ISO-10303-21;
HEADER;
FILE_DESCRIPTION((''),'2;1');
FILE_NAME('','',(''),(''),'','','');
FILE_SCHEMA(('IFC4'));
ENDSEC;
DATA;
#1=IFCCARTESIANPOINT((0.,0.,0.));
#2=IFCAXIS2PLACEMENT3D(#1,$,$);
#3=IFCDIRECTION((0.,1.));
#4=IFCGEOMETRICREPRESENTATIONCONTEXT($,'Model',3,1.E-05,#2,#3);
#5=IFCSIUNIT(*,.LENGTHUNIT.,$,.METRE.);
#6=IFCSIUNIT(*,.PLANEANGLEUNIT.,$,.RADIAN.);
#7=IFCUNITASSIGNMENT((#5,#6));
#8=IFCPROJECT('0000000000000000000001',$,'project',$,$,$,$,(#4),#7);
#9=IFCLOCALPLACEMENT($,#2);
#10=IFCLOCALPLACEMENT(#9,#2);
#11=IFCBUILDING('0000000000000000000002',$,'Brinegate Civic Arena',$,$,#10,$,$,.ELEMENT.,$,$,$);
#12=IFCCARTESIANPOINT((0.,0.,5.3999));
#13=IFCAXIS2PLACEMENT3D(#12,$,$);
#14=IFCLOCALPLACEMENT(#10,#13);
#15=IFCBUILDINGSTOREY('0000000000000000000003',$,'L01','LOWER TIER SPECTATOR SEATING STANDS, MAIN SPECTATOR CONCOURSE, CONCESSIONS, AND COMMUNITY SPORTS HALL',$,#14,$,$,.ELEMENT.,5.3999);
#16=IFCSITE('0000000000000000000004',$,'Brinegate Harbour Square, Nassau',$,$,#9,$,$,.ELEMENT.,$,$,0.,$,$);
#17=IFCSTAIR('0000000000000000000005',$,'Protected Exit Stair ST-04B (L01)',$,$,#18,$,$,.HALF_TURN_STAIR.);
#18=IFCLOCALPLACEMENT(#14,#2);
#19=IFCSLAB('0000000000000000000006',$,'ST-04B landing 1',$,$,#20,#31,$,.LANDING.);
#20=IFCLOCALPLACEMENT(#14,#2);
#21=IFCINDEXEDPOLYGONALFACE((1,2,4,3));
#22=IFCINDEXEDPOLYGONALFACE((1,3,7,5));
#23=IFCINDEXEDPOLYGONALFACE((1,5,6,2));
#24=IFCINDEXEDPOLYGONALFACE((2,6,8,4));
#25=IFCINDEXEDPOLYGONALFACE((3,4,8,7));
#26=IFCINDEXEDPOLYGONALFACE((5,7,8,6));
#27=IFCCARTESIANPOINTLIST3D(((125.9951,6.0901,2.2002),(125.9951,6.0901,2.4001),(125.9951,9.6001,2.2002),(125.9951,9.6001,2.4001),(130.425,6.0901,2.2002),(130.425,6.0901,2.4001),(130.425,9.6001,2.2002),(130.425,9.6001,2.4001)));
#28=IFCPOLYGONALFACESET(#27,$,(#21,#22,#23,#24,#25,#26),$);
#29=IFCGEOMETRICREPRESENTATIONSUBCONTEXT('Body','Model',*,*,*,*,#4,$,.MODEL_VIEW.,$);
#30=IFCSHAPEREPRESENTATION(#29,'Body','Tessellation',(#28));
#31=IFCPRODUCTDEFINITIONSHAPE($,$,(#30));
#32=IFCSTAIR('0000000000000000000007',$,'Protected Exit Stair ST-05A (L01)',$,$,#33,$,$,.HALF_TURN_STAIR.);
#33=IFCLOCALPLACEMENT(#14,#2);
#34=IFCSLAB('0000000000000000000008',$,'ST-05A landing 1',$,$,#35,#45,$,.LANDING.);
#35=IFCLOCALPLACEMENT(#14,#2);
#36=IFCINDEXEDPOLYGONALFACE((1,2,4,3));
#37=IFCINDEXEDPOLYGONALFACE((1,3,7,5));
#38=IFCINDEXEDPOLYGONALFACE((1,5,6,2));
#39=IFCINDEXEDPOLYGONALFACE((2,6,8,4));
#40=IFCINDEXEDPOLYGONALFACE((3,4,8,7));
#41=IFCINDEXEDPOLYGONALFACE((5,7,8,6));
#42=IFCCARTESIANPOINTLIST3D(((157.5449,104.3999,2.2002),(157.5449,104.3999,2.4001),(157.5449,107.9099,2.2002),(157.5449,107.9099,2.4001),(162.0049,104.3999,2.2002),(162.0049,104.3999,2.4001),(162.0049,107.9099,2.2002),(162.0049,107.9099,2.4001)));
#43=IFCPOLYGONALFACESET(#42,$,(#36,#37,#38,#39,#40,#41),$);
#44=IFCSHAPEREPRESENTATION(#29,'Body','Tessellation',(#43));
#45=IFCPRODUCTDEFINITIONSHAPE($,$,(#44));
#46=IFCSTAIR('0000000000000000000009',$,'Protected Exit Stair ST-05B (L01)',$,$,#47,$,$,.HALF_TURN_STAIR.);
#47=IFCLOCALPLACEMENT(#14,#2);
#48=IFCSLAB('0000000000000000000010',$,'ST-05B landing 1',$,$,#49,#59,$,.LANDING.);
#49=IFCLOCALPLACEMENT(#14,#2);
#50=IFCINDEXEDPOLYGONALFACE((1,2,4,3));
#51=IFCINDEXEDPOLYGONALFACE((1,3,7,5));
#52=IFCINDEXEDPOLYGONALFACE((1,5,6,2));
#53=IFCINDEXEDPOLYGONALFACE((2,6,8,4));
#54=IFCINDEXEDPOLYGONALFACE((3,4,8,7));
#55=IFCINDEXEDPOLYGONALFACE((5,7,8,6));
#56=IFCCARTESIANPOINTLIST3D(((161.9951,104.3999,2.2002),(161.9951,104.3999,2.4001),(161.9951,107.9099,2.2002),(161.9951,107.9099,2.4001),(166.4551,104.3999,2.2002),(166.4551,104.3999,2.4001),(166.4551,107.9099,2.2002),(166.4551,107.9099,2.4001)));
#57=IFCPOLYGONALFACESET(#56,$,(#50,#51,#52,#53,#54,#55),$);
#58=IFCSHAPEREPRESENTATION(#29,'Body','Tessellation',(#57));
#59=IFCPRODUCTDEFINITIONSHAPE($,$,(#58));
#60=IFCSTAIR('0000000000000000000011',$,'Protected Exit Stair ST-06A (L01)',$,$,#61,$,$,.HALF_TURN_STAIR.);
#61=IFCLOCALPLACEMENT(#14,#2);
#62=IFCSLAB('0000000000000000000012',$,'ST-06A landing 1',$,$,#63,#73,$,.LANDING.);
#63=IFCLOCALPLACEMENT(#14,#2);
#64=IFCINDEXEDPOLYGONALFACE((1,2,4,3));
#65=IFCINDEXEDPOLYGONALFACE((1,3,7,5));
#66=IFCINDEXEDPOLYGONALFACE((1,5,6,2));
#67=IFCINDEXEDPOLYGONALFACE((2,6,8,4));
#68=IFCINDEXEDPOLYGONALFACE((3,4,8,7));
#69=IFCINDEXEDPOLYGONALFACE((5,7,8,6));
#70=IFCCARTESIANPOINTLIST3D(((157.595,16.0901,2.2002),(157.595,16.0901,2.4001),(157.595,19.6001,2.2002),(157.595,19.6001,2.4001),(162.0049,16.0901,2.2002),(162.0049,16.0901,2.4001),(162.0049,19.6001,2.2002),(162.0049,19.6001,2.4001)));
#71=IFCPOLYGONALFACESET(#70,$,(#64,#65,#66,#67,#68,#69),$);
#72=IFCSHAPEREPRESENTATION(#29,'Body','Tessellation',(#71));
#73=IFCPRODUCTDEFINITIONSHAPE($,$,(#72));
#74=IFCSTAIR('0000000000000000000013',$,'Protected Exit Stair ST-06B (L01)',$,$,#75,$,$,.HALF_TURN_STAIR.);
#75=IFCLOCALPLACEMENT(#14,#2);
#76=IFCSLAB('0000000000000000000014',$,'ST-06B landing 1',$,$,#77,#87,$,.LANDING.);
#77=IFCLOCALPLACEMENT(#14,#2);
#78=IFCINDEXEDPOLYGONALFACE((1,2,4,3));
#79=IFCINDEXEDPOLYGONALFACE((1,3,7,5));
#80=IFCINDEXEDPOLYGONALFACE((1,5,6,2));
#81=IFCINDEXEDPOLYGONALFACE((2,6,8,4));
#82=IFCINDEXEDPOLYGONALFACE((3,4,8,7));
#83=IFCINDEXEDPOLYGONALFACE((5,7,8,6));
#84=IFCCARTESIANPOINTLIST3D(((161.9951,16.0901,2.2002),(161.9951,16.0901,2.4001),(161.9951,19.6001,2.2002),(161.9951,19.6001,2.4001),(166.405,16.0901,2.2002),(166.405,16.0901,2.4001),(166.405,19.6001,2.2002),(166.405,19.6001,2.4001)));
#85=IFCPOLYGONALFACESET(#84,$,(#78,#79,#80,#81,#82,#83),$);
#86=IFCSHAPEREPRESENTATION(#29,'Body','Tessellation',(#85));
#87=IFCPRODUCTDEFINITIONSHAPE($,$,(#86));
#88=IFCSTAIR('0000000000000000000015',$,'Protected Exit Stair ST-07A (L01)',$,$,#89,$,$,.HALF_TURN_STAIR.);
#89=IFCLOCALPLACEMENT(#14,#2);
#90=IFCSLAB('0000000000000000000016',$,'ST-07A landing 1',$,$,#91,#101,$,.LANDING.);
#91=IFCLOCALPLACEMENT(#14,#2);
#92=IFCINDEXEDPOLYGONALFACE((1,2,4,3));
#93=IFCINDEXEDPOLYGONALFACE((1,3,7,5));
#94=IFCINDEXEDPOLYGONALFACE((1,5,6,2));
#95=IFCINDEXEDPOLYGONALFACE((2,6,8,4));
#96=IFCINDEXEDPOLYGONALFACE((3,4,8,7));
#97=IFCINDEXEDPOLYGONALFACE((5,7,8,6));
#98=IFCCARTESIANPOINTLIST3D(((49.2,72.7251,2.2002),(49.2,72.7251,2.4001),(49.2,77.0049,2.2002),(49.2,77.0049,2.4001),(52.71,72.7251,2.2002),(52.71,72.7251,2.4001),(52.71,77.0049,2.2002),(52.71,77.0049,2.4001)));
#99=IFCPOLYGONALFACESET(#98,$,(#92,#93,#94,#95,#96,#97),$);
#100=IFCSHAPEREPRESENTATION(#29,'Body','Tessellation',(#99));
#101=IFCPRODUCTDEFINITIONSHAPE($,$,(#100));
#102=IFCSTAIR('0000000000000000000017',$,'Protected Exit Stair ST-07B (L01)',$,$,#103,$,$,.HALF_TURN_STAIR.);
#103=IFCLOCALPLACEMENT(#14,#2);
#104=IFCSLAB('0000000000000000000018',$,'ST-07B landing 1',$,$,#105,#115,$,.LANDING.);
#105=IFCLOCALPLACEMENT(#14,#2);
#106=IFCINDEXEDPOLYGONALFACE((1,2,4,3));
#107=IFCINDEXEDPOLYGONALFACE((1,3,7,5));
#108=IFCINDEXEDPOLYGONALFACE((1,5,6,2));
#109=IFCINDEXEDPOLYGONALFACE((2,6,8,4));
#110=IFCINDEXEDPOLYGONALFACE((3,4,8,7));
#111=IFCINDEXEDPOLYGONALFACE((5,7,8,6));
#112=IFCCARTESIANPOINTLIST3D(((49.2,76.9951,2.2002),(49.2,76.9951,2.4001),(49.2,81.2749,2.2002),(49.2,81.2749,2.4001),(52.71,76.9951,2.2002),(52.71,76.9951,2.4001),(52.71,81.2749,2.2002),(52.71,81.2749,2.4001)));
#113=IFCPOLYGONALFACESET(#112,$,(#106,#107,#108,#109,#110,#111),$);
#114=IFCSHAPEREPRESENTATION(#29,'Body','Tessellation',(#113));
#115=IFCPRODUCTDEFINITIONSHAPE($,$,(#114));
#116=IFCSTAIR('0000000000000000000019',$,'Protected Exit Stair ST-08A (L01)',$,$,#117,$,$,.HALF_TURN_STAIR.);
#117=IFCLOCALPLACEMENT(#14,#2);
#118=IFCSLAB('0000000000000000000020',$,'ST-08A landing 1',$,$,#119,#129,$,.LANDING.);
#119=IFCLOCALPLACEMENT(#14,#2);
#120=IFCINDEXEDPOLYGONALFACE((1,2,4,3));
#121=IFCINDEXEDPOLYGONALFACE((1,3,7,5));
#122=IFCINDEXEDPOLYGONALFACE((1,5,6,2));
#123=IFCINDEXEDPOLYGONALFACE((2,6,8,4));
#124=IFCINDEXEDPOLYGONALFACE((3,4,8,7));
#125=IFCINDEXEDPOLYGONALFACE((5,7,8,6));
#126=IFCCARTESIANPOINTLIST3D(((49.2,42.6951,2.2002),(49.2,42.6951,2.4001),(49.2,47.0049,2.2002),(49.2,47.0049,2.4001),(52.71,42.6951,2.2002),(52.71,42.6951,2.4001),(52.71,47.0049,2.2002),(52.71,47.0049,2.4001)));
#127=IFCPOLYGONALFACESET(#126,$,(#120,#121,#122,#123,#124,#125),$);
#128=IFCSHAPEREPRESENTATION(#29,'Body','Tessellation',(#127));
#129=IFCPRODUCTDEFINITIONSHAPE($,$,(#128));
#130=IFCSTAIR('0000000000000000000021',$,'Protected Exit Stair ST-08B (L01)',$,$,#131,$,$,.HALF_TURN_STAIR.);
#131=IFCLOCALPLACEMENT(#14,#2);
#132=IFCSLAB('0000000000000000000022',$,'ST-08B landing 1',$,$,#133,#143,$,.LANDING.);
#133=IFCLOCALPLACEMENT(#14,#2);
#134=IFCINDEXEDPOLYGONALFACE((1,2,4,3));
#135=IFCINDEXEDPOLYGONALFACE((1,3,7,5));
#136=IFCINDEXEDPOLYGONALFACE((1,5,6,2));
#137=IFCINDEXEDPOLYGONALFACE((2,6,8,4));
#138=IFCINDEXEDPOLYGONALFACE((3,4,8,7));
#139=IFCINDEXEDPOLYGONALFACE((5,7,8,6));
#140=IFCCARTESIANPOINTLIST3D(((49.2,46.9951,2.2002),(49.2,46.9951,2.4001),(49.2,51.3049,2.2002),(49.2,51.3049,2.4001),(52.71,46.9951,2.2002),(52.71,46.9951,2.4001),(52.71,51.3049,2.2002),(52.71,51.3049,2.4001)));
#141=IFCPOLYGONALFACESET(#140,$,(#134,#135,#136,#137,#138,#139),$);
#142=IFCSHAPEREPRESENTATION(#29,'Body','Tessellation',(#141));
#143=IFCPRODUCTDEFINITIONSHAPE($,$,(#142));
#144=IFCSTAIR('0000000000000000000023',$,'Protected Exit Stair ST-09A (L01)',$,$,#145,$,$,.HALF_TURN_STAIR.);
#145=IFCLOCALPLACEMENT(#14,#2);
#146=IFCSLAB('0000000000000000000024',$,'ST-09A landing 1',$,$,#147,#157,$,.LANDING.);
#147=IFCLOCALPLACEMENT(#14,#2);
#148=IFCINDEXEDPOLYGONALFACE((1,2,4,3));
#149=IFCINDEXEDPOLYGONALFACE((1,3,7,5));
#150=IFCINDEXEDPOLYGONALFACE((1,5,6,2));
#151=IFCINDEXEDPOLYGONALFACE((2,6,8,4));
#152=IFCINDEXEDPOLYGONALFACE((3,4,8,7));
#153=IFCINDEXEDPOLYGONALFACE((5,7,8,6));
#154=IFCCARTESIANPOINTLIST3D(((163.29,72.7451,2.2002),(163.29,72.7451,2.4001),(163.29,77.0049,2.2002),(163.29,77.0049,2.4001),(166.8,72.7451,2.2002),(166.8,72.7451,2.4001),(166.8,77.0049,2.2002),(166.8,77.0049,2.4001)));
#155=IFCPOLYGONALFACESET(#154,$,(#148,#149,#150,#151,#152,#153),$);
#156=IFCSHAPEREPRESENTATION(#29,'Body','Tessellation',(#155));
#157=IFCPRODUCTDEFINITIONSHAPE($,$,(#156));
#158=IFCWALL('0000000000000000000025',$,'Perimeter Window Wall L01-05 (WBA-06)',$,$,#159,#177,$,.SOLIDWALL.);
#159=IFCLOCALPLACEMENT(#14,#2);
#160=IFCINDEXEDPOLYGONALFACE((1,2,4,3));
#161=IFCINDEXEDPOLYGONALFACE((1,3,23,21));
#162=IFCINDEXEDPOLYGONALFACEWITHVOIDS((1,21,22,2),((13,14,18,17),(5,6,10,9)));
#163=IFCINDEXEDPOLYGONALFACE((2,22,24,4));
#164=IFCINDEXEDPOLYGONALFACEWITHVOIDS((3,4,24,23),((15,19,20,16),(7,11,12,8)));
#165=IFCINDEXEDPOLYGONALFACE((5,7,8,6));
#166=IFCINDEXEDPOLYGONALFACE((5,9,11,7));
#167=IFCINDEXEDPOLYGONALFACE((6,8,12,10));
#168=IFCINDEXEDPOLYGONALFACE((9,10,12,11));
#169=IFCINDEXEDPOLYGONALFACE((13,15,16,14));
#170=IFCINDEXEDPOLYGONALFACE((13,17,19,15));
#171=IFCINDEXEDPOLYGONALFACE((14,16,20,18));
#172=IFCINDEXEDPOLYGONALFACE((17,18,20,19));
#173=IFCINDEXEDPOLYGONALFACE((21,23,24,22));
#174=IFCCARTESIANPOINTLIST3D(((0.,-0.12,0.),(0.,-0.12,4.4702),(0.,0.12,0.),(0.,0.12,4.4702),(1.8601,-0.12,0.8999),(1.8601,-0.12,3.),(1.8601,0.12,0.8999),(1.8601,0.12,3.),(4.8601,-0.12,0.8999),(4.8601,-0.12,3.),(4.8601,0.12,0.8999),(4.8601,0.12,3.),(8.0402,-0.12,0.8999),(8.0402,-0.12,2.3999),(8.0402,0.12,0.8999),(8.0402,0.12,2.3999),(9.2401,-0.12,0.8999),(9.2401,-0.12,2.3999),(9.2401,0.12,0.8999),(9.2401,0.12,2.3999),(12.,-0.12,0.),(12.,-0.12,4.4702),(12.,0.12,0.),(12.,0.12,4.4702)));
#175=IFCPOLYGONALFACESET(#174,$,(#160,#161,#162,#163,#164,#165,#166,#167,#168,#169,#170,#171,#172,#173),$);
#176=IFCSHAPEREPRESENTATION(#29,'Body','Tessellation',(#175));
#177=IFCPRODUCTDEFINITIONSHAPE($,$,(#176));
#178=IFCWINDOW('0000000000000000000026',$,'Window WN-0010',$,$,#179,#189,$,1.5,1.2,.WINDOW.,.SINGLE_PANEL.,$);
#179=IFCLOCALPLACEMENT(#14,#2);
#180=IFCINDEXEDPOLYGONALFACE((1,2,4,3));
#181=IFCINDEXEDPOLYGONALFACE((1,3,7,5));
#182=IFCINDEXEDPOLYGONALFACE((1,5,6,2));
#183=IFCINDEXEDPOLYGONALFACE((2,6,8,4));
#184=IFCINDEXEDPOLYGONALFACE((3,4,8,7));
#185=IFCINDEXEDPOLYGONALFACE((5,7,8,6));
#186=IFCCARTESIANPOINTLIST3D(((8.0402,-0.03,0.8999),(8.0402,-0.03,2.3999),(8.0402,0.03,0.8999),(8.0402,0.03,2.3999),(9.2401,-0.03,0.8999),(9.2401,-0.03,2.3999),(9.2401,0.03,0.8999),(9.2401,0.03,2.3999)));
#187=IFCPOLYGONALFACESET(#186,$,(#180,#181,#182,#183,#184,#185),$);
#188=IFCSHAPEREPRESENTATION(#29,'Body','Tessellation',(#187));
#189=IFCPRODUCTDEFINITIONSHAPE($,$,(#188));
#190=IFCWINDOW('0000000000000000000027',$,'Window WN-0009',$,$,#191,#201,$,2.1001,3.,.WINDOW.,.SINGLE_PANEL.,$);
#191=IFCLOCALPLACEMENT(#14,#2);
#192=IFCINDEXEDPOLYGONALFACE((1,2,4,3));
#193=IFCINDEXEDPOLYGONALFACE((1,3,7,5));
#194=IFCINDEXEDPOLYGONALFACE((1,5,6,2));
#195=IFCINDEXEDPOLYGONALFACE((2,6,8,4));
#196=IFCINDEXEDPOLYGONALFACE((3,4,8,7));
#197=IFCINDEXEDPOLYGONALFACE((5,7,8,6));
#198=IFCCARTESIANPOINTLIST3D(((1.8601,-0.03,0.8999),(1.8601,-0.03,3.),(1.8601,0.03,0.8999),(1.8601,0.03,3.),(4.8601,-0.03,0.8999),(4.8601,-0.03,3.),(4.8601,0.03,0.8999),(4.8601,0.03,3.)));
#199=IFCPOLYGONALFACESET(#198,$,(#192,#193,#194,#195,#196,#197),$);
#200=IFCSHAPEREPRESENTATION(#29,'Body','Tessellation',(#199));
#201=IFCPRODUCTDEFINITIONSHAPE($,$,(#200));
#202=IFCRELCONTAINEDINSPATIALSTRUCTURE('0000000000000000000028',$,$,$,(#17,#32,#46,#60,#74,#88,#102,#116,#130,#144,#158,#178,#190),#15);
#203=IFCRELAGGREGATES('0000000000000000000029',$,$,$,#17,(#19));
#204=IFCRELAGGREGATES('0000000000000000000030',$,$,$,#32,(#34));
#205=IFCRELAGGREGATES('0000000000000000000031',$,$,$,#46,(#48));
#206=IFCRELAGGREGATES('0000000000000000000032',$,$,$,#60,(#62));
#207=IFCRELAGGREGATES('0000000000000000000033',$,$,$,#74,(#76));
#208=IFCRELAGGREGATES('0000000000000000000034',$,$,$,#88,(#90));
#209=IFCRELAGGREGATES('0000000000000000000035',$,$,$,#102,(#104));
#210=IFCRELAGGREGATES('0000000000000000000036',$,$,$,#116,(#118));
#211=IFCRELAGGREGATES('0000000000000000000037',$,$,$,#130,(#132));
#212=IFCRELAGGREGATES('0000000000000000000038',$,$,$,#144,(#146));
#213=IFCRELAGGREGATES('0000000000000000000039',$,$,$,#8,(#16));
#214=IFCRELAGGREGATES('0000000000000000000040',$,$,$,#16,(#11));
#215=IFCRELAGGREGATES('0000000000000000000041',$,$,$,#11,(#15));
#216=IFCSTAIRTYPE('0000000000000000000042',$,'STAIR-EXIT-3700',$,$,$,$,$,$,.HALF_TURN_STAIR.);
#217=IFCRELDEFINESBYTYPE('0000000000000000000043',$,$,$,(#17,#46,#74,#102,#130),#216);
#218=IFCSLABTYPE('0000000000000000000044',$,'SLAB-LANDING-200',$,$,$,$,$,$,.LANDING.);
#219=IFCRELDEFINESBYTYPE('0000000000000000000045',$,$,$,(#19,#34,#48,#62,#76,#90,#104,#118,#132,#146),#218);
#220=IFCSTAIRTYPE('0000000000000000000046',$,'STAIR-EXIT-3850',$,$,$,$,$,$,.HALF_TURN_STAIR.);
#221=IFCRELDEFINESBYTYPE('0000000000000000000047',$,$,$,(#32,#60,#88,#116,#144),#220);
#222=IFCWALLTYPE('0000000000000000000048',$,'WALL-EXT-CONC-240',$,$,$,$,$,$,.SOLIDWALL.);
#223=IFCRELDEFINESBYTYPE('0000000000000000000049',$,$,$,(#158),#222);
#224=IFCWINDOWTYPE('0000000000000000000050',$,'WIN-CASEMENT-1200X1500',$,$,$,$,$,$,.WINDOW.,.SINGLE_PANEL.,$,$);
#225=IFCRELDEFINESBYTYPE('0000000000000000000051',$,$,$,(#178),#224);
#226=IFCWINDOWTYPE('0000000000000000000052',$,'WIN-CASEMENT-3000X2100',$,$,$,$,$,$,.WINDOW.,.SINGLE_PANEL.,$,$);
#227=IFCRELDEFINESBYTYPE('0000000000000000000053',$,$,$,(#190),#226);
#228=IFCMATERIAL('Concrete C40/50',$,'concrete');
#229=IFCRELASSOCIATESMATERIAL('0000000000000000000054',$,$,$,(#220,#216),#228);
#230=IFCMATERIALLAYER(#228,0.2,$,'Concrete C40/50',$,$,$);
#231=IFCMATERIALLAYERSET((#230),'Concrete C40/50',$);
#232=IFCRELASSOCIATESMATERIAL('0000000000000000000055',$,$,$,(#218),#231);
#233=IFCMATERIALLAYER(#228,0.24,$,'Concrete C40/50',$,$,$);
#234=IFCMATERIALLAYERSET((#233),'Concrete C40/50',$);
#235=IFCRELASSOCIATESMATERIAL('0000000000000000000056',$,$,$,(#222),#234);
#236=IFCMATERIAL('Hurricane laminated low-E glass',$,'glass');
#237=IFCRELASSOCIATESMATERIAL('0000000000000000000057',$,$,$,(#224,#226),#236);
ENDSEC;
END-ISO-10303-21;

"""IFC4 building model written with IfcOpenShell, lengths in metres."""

from ifc_helpers import new_model, si_unit, direction, frame, frame_2d, origin, origin_with_axes, place, context, subcontext, project, spatial, polyline, rectangle, outline, extrude, material, layer, layer_set, type_object, element, fill, aggregate, save


model = new_model("IFC4")

# Units and contexts
model_context = context("Model", 3, precision=1e-05, world=origin(), true_north=direction((0.0, 1.0)))
body_context = subcontext(model_context, "Body", "Model", "MODEL_VIEW")
ifc_project = project(units=[si_unit("LENGTHUNIT", "METRE"), si_unit("PLANEANGLEUNIT", "RADIAN")], contexts=[model_context])

# Site, building, storey
site_placement = place(None, origin())
site = spatial("IfcSite", under=ifc_project, at=site_placement, Name="Brinegate Harbour Square, Nassau", CompositionType="ELEMENT", RefElevation=0.0)
building_placement = place(site_placement, origin())
building = spatial("IfcBuilding", under=site, at=building_placement, Name="Brinegate Civic Arena", CompositionType="ELEMENT")
storey_placement = place(building_placement, frame((0.0, 0.0, 5.3999)))
storey = spatial("IfcBuildingStorey", under=building, at=storey_placement, Name="L01", Description="LOWER TIER SPECTATOR SEATING STANDS, MAIN SPECTATOR CONCOURSE, CONCESSIONS, AND COMMUNITY SPORTS HALL", CompositionType="ELEMENT", Elevation=5.3999)

# Shared definitions
ifc_material_1 = material(Name="Concrete C40/50", Category="concrete")

# Stairs, slabs
stair_type_1 = type_object("IfcStairType", Name="STAIR-EXIT-3850", PredefinedType="HALF_TURN_STAIR", material=ifc_material_1)
ifc_layer_1 = layer(ifc_material_1, 0.2, Name="Concrete C40/50")
ifc_layer_set_1 = layer_set([ifc_layer_1], Name="Concrete C40/50")
slab_type_1 = type_object("IfcSlabType", Name="SLAB-LANDING-200", PredefinedType="LANDING", material=ifc_layer_set_1)
stair_type_2 = type_object("IfcStairType", Name="STAIR-EXIT-3700", PredefinedType="HALF_TURN_STAIR", material=ifc_material_1)
stair_1_placement = place(storey_placement, origin())
stair_1 = element("IfcStair", 1, at=stair_1_placement, inside=storey, type_object=stair_type_2, Name="Protected Exit Stair ST-04B (L01)", PredefinedType="HALF_TURN_STAIR")
slab_1_placement = place(storey_placement, frame((0.0, 0.0, 2.2002)))
slab_1 = element("IfcSlab", 2, at=slab_1_placement, type_object=slab_type_1, Name="ST-04B landing 1", PredefinedType="LANDING", context=body_context, shape_type="SweptSolid", body=[
    extrude(outline(polyline([(125.9951, 6.0901), (130.425, 6.0901), (130.425, 9.6001), (125.9951, 9.6001), (125.9951, 6.0901)])), origin(), (0.0, 0.0, 1.0), 0.2),
])
aggregate(stair_1, [slab_1])
stair_2_placement = place(storey_placement, origin())
stair_2 = element("IfcStair", 3, at=stair_2_placement, inside=storey, type_object=stair_type_1, Name="Protected Exit Stair ST-05A (L01)", PredefinedType="HALF_TURN_STAIR")
slab_2_placement = place(storey_placement, frame((0.0, 0.0, 2.2002)))
slab_2 = element("IfcSlab", 4, at=slab_2_placement, type_object=slab_type_1, Name="ST-05A landing 1", PredefinedType="LANDING", context=body_context, shape_type="SweptSolid", body=[
    extrude(outline(polyline([(157.5449, 104.3999), (162.0049, 104.3999), (162.0049, 107.9099), (157.5449, 107.9099), (157.5449, 104.3999)])), origin(), (0.0, 0.0, 1.0), 0.2),
])
aggregate(stair_2, [slab_2])
stair_3_placement = place(storey_placement, origin())
stair_3 = element("IfcStair", 5, at=stair_3_placement, inside=storey, type_object=stair_type_2, Name="Protected Exit Stair ST-05B (L01)", PredefinedType="HALF_TURN_STAIR")
slab_3_placement = place(storey_placement, frame((0.0, 0.0, 2.2002)))
slab_3 = element("IfcSlab", 6, at=slab_3_placement, type_object=slab_type_1, Name="ST-05B landing 1", PredefinedType="LANDING", context=body_context, shape_type="SweptSolid", body=[
    extrude(outline(polyline([(161.9951, 104.3999), (166.4551, 104.3999), (166.4551, 107.9099), (161.9951, 107.9099), (161.9951, 104.3999)])), origin(), (0.0, 0.0, 1.0), 0.2),
])
aggregate(stair_3, [slab_3])
stair_4_placement = place(storey_placement, origin())
stair_4 = element("IfcStair", 7, at=stair_4_placement, inside=storey, type_object=stair_type_1, Name="Protected Exit Stair ST-06A (L01)", PredefinedType="HALF_TURN_STAIR")
slab_4_placement = place(storey_placement, frame((0.0, 0.0, 2.2002)))
slab_4 = element("IfcSlab", 8, at=slab_4_placement, type_object=slab_type_1, Name="ST-06A landing 1", PredefinedType="LANDING", context=body_context, shape_type="SweptSolid", body=[
    extrude(outline(polyline([(157.595, 16.0901), (162.0049, 16.0901), (162.0049, 19.6001), (157.595, 19.6001), (157.595, 16.0901)])), origin(), (0.0, 0.0, 1.0), 0.2),
])
aggregate(stair_4, [slab_4])
stair_5_placement = place(storey_placement, origin())
stair_5 = element("IfcStair", 9, at=stair_5_placement, inside=storey, type_object=stair_type_2, Name="Protected Exit Stair ST-06B (L01)", PredefinedType="HALF_TURN_STAIR")
slab_5_placement = place(storey_placement, frame((0.0, 0.0, 2.2002)))
slab_5 = element("IfcSlab", 10, at=slab_5_placement, type_object=slab_type_1, Name="ST-06B landing 1", PredefinedType="LANDING", context=body_context, shape_type="SweptSolid", body=[
    extrude(outline(polyline([(161.9951, 16.0901), (166.405, 16.0901), (166.405, 19.6001), (161.9951, 19.6001), (161.9951, 16.0901)])), origin(), (0.0, 0.0, 1.0), 0.2),
])
aggregate(stair_5, [slab_5])
stair_6_placement = place(storey_placement, origin())
stair_6 = element("IfcStair", 11, at=stair_6_placement, inside=storey, type_object=stair_type_1, Name="Protected Exit Stair ST-07A (L01)", PredefinedType="HALF_TURN_STAIR")
slab_6_placement = place(storey_placement, frame((0.0, 0.0, 2.2002)))
slab_6 = element("IfcSlab", 12, at=slab_6_placement, type_object=slab_type_1, Name="ST-07A landing 1", PredefinedType="LANDING", context=body_context, shape_type="SweptSolid", body=[
    extrude(outline(polyline([(49.2, 72.7251), (52.71, 72.7251), (52.71, 77.0049), (49.2, 77.0049), (49.2, 72.7251)])), origin(), (0.0, 0.0, 1.0), 0.2),
])
aggregate(stair_6, [slab_6])
stair_7_placement = place(storey_placement, origin())
stair_7 = element("IfcStair", 13, at=stair_7_placement, inside=storey, type_object=stair_type_2, Name="Protected Exit Stair ST-07B (L01)", PredefinedType="HALF_TURN_STAIR")
slab_7_placement = place(storey_placement, frame((0.0, 0.0, 2.2002)))
slab_7 = element("IfcSlab", 14, at=slab_7_placement, type_object=slab_type_1, Name="ST-07B landing 1", PredefinedType="LANDING", context=body_context, shape_type="SweptSolid", body=[
    extrude(outline(polyline([(49.2, 76.9951), (52.71, 76.9951), (52.71, 81.2749), (49.2, 81.2749), (49.2, 76.9951)])), origin(), (0.0, 0.0, 1.0), 0.2),
])
aggregate(stair_7, [slab_7])
stair_8_placement = place(storey_placement, origin())
stair_8 = element("IfcStair", 15, at=stair_8_placement, inside=storey, type_object=stair_type_1, Name="Protected Exit Stair ST-08A (L01)", PredefinedType="HALF_TURN_STAIR")
slab_8_placement = place(storey_placement, frame((0.0, 0.0, 2.2002)))
slab_8 = element("IfcSlab", 16, at=slab_8_placement, type_object=slab_type_1, Name="ST-08A landing 1", PredefinedType="LANDING", context=body_context, shape_type="SweptSolid", body=[
    extrude(outline(polyline([(49.2, 42.6951), (52.71, 42.6951), (52.71, 47.0049), (49.2, 47.0049), (49.2, 42.6951)])), origin(), (0.0, 0.0, 1.0), 0.2),
])
aggregate(stair_8, [slab_8])
stair_9_placement = place(storey_placement, origin())
stair_9 = element("IfcStair", 17, at=stair_9_placement, inside=storey, type_object=stair_type_2, Name="Protected Exit Stair ST-08B (L01)", PredefinedType="HALF_TURN_STAIR")
slab_9_placement = place(storey_placement, frame((0.0, 0.0, 2.2002)))
slab_9 = element("IfcSlab", 18, at=slab_9_placement, type_object=slab_type_1, Name="ST-08B landing 1", PredefinedType="LANDING", context=body_context, shape_type="SweptSolid", body=[
    extrude(outline(polyline([(49.2, 46.9951), (52.71, 46.9951), (52.71, 51.3049), (49.2, 51.3049), (49.2, 46.9951)])), origin(), (0.0, 0.0, 1.0), 0.2),
])
aggregate(stair_9, [slab_9])
stair_10_placement = place(storey_placement, origin())
stair_10 = element("IfcStair", 19, at=stair_10_placement, inside=storey, type_object=stair_type_1, Name="Protected Exit Stair ST-09A (L01)", PredefinedType="HALF_TURN_STAIR")
slab_10_placement = place(storey_placement, frame((0.0, 0.0, 2.2002)))
slab_10 = element("IfcSlab", 20, at=slab_10_placement, type_object=slab_type_1, Name="ST-09A landing 1", PredefinedType="LANDING", context=body_context, shape_type="SweptSolid", body=[
    extrude(outline(polyline([(163.29, 72.7451), (166.8, 72.7451), (166.8, 77.0049), (163.29, 77.0049), (163.29, 72.7451)])), origin(), (0.0, 0.0, 1.0), 0.2),
])
aggregate(stair_10, [slab_10])

# Wall, openings, windows
ifc_layer_2 = layer(ifc_material_1, 0.24, Name="Concrete C40/50")
ifc_layer_set_2 = layer_set([ifc_layer_2], Name="Concrete C40/50")
wall_type_1 = type_object("IfcWallType", Name="WALL-EXT-CONC-240", PredefinedType="SOLIDWALL", material=ifc_layer_set_2)
wall_1_placement = place(storey_placement, origin_with_axes())
wall_1 = element("IfcWall", 21, at=wall_1_placement, inside=storey, type_object=wall_type_1, Name="Perimeter Window Wall L01-05 (WBA-06)", PredefinedType="SOLIDWALL", context=body_context, shape_type="SweptSolid", body=[
    extrude(rectangle(XDim=12.0, YDim=0.24, at=frame_2d((6.0, 0.0))), origin(), (0.0, 0.0, 1.0), 4.4702),
])
opening_1_placement = place(wall_1_placement, frame((1.8601, 0.0, 0.8999)))
opening_1 = element("IfcOpeningElement", 22, at=opening_1_placement, cuts=wall_1, PredefinedType="OPENING", context=body_context, shape_type="SweptSolid", body=[
    extrude(rectangle(XDim=3.0, YDim=2.1001, at=frame_2d((1.5, 1.05))), frame((0.0, 0.1299, 0.0), z_axis=(0.0, -1.0, 0.0), x_axis=(1.0, 0.0, 0.0)), (0.0, 0.0, 1.0), 0.26),
])
opening_2_placement = place(wall_1_placement, frame((8.04, 0.0, 0.8999)))
opening_2 = element("IfcOpeningElement", 23, at=opening_2_placement, cuts=wall_1, PredefinedType="OPENING", context=body_context, shape_type="SweptSolid", body=[
    extrude(rectangle(XDim=1.2, YDim=1.5, at=frame_2d((0.6001, 0.75))), frame((0.0, 0.1299, 0.0), z_axis=(0.0, -1.0, 0.0), x_axis=(1.0, 0.0, 0.0)), (0.0, 0.0, 1.0), 0.26),
])
ifc_material_2 = material(Name="Hurricane laminated low-E glass", Category="glass")
window_type_1 = type_object("IfcWindowType", Name="WIN-CASEMENT-1200X1500", PartitioningType="SINGLE_PANEL", PredefinedType="WINDOW", material=ifc_material_2)
window_1_placement = place(opening_2_placement, origin())
window_1 = element("IfcWindow", 24, at=window_1_placement, inside=storey, type_object=window_type_1, Name="Window WN-0010", OverallHeight=1.5, OverallWidth=1.2, PartitioningType="SINGLE_PANEL", PredefinedType="WINDOW", context=body_context, shape_type="SweptSolid", body=[
    extrude(rectangle(XDim=1.2, YDim=1.5, at=frame_2d((0.6001, 0.75))), frame((0.0, 0.03, 0.0), z_axis=(0.0, -1.0, 0.0), x_axis=(1.0, 0.0, 0.0)), (0.0, 0.0, 1.0), 0.0601),
])
fill(opening_2, window_1)
window_type_2 = type_object("IfcWindowType", Name="WIN-CASEMENT-3000X2100", PartitioningType="SINGLE_PANEL", PredefinedType="WINDOW", material=ifc_material_2)
window_2_placement = place(opening_1_placement, origin())
window_2 = element("IfcWindow", 25, at=window_2_placement, inside=storey, type_object=window_type_2, Name="Window WN-0009", OverallHeight=2.1001, OverallWidth=3.0, PartitioningType="SINGLE_PANEL", PredefinedType="WINDOW", context=body_context, shape_type="SweptSolid", body=[
    extrude(rectangle(XDim=3.0, YDim=2.1001, at=frame_2d((1.5, 1.05))), frame((0.0, 0.03, 0.0), z_axis=(0.0, -1.0, 0.0), x_axis=(1.0, 0.0, 0.0)), (0.0, 0.0, 1.0), 0.0601),
])
fill(opening_1, window_2)

save(model, "model.ifc")
